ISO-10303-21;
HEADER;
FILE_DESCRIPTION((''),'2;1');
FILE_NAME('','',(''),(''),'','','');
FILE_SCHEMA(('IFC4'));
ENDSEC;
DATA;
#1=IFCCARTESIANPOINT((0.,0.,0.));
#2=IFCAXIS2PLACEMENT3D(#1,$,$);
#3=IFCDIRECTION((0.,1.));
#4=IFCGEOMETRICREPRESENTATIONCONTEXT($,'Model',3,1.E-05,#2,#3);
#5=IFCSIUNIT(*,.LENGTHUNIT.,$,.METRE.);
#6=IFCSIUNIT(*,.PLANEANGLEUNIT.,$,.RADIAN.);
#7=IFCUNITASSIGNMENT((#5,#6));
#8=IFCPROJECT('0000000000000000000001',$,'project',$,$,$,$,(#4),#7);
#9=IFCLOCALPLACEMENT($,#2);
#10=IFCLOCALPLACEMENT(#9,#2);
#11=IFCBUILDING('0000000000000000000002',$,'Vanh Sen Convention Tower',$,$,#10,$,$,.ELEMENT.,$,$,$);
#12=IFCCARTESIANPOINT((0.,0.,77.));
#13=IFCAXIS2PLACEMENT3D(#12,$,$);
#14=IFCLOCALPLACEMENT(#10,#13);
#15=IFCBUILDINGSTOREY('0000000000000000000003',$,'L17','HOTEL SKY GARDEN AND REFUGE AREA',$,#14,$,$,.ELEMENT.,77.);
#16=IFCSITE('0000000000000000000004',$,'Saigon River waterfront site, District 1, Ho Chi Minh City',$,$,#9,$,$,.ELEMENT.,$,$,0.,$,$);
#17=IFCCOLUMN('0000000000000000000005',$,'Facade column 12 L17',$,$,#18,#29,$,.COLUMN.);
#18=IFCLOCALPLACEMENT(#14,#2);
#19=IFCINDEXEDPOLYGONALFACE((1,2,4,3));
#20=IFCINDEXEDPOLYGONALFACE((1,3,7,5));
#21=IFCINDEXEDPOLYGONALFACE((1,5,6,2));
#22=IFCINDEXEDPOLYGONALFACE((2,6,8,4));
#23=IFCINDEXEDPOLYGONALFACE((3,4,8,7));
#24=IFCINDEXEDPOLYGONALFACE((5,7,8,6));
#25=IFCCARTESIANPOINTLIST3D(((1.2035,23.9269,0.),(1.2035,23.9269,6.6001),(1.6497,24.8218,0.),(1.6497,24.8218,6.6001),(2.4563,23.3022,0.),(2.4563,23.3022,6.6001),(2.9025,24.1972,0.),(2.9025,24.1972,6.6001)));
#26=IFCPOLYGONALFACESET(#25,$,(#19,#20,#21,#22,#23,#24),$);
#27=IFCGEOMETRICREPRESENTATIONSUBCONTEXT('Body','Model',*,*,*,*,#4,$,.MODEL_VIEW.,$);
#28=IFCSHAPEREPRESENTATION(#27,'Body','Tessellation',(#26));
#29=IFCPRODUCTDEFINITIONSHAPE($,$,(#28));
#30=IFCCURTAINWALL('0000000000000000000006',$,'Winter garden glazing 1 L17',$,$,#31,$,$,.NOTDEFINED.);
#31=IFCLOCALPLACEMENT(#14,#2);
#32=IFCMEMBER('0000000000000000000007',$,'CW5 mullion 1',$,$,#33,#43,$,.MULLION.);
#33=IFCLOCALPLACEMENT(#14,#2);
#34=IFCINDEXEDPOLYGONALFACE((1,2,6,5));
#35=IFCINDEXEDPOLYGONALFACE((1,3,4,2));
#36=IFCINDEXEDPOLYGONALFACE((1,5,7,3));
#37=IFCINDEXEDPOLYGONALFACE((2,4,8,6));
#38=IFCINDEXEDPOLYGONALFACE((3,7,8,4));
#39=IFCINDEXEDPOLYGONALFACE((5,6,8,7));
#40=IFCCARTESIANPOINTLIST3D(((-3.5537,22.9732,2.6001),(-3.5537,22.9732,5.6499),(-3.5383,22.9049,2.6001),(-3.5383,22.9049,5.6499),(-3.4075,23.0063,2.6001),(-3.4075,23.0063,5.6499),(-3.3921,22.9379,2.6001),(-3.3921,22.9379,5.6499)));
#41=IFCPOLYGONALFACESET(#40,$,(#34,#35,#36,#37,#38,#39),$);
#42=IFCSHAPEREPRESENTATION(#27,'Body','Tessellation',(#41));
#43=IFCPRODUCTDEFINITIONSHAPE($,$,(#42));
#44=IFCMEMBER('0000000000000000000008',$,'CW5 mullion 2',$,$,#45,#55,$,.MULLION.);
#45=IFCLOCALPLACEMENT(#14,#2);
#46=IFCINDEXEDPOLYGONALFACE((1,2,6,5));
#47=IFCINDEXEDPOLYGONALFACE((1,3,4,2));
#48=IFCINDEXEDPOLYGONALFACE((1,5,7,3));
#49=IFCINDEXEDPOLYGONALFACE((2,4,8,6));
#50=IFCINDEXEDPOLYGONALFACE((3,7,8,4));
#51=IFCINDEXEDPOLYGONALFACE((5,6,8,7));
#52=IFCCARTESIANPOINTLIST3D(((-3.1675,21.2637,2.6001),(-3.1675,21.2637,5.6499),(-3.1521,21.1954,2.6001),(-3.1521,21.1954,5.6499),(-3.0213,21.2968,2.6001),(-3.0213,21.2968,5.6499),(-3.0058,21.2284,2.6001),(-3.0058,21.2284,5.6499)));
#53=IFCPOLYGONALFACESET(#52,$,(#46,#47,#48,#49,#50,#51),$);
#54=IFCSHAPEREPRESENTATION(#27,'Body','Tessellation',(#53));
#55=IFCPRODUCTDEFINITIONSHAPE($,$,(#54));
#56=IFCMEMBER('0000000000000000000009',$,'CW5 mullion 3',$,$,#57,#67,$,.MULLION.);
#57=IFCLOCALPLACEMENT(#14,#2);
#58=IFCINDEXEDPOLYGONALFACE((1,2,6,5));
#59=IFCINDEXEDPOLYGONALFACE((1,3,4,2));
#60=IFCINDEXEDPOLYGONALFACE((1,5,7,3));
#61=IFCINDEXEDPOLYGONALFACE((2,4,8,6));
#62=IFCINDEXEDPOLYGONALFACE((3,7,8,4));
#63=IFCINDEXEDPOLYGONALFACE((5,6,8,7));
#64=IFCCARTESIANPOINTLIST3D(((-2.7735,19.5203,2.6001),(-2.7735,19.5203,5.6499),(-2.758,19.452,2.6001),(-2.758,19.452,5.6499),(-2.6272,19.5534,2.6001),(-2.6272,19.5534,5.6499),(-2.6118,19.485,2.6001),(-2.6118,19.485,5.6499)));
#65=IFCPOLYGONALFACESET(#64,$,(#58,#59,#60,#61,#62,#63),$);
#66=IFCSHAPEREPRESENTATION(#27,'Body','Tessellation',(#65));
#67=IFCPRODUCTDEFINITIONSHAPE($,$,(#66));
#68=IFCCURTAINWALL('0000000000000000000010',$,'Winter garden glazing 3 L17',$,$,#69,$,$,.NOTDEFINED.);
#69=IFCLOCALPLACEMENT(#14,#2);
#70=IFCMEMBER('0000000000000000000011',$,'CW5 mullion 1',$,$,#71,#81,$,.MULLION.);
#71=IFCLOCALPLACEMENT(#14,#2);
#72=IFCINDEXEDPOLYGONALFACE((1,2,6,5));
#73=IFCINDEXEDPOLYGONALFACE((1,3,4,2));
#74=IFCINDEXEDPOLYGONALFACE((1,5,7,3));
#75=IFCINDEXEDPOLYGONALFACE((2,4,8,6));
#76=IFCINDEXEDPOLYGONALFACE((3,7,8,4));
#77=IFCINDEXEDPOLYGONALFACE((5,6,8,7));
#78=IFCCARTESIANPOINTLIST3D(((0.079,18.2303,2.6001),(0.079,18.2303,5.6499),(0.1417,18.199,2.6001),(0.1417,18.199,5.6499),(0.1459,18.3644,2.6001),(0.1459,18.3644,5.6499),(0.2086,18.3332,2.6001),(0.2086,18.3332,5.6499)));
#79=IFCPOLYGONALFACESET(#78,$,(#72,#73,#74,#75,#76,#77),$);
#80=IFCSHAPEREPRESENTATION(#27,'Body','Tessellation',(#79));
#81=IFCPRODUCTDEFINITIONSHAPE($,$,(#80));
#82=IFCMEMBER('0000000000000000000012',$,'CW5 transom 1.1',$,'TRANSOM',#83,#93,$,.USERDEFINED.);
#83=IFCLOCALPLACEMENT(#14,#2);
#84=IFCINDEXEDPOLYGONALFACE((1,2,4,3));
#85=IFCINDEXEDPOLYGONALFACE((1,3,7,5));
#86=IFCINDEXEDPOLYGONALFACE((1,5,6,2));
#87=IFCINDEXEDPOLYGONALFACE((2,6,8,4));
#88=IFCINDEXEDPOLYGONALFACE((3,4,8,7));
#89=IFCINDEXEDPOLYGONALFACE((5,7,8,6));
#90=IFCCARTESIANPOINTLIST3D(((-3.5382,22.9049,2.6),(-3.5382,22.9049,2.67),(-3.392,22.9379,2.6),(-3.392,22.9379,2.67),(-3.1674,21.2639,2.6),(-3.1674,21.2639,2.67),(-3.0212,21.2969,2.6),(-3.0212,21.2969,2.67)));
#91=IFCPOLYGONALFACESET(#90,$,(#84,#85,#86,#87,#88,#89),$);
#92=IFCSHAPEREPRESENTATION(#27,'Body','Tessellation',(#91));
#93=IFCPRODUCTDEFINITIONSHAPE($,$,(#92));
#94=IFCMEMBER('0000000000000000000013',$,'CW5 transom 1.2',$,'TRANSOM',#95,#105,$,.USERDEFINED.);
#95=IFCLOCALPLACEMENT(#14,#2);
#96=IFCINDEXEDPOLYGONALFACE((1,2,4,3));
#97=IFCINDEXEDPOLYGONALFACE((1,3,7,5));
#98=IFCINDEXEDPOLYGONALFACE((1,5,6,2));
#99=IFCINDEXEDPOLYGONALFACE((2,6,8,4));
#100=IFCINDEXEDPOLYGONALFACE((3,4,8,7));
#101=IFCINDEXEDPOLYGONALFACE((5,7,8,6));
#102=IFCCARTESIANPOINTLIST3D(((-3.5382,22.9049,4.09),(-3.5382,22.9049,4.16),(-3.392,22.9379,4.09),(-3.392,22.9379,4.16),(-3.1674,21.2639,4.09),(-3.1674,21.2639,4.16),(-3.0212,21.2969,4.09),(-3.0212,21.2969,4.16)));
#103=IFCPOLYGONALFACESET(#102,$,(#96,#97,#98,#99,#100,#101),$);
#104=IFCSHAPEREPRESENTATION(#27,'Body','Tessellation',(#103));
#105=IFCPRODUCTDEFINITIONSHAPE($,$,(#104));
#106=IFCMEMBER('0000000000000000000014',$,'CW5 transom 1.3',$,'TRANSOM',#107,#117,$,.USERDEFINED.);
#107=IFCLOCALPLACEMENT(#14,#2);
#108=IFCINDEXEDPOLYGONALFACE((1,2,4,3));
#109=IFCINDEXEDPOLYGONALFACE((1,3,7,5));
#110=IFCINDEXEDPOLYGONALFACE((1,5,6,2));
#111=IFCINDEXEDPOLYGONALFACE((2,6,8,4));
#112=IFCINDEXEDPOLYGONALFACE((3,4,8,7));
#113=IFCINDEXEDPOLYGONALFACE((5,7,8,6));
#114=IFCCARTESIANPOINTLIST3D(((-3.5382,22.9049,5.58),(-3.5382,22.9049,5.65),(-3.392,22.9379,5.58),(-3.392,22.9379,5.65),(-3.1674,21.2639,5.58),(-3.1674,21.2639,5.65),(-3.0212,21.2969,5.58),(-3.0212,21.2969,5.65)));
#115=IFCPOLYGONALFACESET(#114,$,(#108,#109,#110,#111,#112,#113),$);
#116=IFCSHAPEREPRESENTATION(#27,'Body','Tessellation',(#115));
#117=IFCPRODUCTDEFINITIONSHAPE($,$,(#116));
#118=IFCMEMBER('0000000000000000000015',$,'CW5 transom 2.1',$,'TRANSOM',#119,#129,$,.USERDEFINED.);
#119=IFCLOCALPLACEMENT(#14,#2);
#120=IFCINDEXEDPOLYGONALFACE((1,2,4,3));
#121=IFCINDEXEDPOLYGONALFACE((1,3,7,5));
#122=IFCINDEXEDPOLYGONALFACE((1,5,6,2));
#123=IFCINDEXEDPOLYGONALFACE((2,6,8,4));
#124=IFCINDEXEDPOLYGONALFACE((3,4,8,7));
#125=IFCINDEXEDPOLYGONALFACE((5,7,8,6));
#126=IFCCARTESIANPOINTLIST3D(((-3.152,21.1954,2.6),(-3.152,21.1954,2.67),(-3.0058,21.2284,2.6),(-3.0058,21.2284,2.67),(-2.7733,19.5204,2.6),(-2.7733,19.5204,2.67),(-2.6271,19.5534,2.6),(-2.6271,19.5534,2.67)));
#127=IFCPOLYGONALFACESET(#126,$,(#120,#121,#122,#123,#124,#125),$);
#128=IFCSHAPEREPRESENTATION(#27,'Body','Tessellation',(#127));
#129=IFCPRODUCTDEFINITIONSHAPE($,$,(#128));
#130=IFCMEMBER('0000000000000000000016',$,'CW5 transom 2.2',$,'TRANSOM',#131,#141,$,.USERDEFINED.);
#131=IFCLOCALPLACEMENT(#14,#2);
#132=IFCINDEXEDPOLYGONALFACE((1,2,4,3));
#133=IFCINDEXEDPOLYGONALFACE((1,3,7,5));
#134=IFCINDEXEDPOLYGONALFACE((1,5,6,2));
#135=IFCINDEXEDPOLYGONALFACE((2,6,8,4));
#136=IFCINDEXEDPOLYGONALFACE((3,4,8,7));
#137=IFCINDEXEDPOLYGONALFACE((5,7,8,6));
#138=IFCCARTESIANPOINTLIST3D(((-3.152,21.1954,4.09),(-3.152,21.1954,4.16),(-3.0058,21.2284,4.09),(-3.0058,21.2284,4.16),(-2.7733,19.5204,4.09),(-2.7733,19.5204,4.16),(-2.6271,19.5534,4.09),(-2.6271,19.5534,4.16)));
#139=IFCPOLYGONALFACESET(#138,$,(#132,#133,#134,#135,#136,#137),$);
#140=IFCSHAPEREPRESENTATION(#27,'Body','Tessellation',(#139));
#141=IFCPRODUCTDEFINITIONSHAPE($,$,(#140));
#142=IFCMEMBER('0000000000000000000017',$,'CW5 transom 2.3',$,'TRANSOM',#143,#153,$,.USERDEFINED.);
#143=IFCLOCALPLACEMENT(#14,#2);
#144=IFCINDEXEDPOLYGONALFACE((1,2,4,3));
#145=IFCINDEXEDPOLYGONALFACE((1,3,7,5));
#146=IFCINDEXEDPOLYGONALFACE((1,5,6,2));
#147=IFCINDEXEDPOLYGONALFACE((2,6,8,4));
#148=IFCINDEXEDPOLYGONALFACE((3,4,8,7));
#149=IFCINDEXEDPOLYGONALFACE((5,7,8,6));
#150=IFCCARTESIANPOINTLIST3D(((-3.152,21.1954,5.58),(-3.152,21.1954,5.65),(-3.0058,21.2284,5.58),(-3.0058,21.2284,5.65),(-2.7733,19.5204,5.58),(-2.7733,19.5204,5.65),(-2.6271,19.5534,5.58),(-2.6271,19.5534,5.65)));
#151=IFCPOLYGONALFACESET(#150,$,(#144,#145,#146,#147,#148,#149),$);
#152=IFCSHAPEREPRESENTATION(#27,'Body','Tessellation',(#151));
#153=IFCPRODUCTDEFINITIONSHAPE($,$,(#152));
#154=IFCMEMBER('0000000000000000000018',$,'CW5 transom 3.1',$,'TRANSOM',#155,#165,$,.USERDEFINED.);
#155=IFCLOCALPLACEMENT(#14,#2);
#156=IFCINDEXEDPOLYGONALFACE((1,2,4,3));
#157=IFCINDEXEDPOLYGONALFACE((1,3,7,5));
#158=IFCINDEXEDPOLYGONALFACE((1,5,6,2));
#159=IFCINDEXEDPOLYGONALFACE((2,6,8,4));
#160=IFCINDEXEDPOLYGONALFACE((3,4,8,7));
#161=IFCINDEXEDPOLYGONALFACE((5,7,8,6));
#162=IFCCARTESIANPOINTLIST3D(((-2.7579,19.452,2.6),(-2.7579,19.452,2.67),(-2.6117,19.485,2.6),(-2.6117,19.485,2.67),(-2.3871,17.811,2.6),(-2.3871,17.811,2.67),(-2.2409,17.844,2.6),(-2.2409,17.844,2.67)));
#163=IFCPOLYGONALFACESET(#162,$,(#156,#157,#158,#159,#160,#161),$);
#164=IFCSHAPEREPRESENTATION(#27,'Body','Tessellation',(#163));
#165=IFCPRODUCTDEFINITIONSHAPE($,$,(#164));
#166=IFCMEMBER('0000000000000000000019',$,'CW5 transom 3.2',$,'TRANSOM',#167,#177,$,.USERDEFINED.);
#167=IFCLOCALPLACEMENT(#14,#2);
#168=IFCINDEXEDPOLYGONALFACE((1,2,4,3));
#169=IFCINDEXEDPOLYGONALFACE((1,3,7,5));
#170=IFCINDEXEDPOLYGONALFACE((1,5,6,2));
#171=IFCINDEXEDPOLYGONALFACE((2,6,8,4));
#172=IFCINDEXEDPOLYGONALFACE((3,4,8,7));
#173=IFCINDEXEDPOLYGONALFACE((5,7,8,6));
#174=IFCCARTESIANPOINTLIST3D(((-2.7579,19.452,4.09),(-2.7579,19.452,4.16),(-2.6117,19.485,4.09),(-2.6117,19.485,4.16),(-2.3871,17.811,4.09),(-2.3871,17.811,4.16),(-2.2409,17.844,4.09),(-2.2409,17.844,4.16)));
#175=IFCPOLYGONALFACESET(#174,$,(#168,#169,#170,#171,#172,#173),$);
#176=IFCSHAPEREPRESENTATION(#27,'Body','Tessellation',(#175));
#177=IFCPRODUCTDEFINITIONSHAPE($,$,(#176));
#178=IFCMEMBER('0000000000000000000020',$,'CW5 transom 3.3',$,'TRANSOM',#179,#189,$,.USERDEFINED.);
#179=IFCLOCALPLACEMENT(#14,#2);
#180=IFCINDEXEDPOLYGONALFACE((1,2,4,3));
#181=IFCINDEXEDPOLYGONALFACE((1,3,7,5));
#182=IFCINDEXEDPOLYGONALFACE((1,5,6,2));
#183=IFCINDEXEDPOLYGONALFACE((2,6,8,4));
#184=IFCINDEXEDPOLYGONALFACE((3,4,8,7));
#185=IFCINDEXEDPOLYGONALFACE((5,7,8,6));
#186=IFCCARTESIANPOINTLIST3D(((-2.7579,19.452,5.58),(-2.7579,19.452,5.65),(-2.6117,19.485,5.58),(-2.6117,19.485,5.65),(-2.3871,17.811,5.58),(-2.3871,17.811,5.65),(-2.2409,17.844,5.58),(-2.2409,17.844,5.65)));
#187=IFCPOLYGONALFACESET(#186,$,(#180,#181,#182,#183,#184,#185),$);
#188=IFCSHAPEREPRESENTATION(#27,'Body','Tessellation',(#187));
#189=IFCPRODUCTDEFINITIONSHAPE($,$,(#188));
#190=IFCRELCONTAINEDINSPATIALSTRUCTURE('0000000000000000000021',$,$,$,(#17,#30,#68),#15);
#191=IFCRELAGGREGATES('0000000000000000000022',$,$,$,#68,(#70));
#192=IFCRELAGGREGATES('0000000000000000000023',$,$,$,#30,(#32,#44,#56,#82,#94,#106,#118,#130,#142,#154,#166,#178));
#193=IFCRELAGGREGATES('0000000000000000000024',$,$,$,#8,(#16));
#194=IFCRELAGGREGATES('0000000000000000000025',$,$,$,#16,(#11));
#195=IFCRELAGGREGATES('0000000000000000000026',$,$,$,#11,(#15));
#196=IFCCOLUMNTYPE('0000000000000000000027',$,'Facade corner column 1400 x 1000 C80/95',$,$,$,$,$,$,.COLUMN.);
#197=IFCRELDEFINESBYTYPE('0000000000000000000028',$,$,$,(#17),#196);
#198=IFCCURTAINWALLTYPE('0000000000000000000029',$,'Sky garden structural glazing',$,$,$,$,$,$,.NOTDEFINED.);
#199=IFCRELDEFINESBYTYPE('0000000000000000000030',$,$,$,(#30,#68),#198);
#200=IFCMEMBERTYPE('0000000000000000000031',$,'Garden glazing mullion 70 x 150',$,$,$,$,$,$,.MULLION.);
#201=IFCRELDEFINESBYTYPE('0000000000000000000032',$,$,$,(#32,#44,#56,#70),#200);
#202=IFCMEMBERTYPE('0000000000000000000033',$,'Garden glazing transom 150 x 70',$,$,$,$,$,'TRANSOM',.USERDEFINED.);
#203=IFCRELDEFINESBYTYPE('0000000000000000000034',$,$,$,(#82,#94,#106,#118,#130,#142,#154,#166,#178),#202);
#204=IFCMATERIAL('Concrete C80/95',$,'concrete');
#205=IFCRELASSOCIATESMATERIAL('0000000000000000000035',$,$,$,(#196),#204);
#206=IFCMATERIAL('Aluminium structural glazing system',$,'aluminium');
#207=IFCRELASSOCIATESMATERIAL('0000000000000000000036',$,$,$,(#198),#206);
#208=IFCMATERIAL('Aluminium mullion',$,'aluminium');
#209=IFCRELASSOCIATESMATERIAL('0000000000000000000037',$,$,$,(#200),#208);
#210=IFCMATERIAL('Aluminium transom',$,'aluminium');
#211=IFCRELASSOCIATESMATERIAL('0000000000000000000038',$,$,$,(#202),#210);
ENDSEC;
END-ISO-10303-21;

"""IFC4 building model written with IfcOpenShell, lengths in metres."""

from ifc_helpers import new_model, si_unit, direction, frame, origin, origin_2d, place, context, subcontext, project, spatial, rectangle, extrude, material, material_profile, profile_set, type_object, element, aggregate, save


model = new_model("IFC4")

# Units and contexts
model_context = context("Model", 3, precision=1e-05, world=origin(), true_north=direction((0.0, 1.0)))
body_context = subcontext(model_context, "Body", "Model", "MODEL_VIEW")
ifc_project = project(units=[si_unit("LENGTHUNIT", "METRE"), si_unit("PLANEANGLEUNIT", "RADIAN")], contexts=[model_context])

# Site, building, storey
site_placement = place(None, origin())
site = spatial("IfcSite", under=ifc_project, at=site_placement, Name="Saigon River waterfront site, District 1, Ho Chi Minh City", CompositionType="ELEMENT", RefElevation=0.0)
building_placement = place(site_placement, origin())
building = spatial("IfcBuilding", under=site, at=building_placement, Name="Vanh Sen Convention Tower", CompositionType="ELEMENT")
storey_placement = place(building_placement, frame((0.0, 0.0, 77.0)))
storey = spatial("IfcBuildingStorey", under=building, at=storey_placement, Name="L17", Description="HOTEL SKY GARDEN AND REFUGE AREA", CompositionType="ELEMENT", Elevation=77.0)

# Column
ifc_material_1 = material(Name="Concrete C80/95", Category="concrete")
ifc_material_profile_1 = material_profile(ifc_material_1, rectangle(XDim=1.3999, YDim=1.0, at=origin_2d()), Name="RC 1400X1000")
ifc_profile_set_1 = profile_set([ifc_material_profile_1], Name="Concrete C80/95")
column_type = type_object("IfcColumnType", Name="Facade corner column 1400 x 1000 C80/95", PredefinedType="COLUMN", material=ifc_profile_set_1)
column_placement = place(storey_placement, frame((2.053, 24.062, 0.0), z_axis=(0.0, 0.0, 1.0), x_axis=(-0.894934, 0.446198, 0.0)))
element("IfcColumn", 1, at=column_placement, inside=storey, type_object=column_type, Name="Facade column 12 L17", PredefinedType="COLUMN", context=body_context, shape_type="SweptSolid", body=[
    extrude(rectangle(XDim=1.3999, YDim=1.0, at=origin_2d()), origin(), (0.0, 0.0, 1.0), 6.6001),
])

# Curtain wall, members
ifc_material_2 = material(Name="Aluminium structural glazing system", Category="aluminium")
curtain_wall_type_1 = type_object("IfcCurtainWallType", Name="Sky garden structural glazing", PredefinedType="NOTDEFINED", material=ifc_material_2)
curtain_wall_1_placement = place(storey_placement, origin())
curtain_wall_1 = element("IfcCurtainWall", 2, at=curtain_wall_1_placement, inside=storey, type_object=curtain_wall_type_1, Name="Winter garden glazing 1 L17", PredefinedType="NOTDEFINED")
ifc_material_3 = material(Name="Aluminium mullion", Category="aluminium")
ifc_material_profile_2 = material_profile(ifc_material_3, rectangle(XDim=0.1499, YDim=0.0701, at=origin_2d()), Name="Garden glazing mullion 70 x 150")
ifc_profile_set_2 = profile_set([ifc_material_profile_2], Name="Aluminium mullion")
member_type_1 = type_object("IfcMemberType", Name="Garden glazing mullion 70 x 150", PredefinedType="MULLION", material=ifc_profile_set_2)
member_1_placement = place(storey_placement, frame((-3.4729, 22.9556, 2.6001), z_axis=(0.0, 0.0, 1.0), x_axis=(0.975399, 0.220446, 0.0)))
member_1 = element("IfcMember", 3, at=member_1_placement, type_object=member_type_1, Name="CW5 mullion 1", PredefinedType="MULLION", context=body_context, shape_type="SweptSolid", body=[
    extrude(rectangle(XDim=0.1499, YDim=0.0701, at=origin_2d()), origin(), (0.0, 0.0, 1.0), 3.0498),
])
member_2_placement = place(storey_placement, frame((-3.0867, 21.2461, 2.6001), z_axis=(0.0, 0.0, 1.0), x_axis=(0.975399, 0.220446, 0.0)))
member_2 = element("IfcMember", 4, at=member_2_placement, type_object=member_type_1, Name="CW5 mullion 2", PredefinedType="MULLION", context=body_context, shape_type="SweptSolid", body=[
    extrude(rectangle(XDim=0.1499, YDim=0.0701, at=origin_2d()), origin(), (0.0, 0.0, 1.0), 3.0498),
])
member_3_placement = place(storey_placement, frame((-2.6926, 19.5027, 2.6001), z_axis=(0.0, 0.0, 1.0), x_axis=(0.975399, 0.220446, 0.0)))
member_3 = element("IfcMember", 5, at=member_3_placement, type_object=member_type_1, Name="CW5 mullion 3", PredefinedType="MULLION", context=body_context, shape_type="SweptSolid", body=[
    extrude(rectangle(XDim=0.1499, YDim=0.0701, at=origin_2d()), origin(), (0.0, 0.0, 1.0), 3.0498),
])

# Curtain wall, member
curtain_wall_2_placement = place(storey_placement, origin())
curtain_wall_2 = element("IfcCurtainWall", 6, at=curtain_wall_2_placement, inside=storey, type_object=curtain_wall_type_1, Name="Winter garden glazing 3 L17", PredefinedType="NOTDEFINED")
member_4_placement = place(storey_placement, frame((0.1438, 18.2817, 2.6001), z_axis=(0.0, 0.0, 1.0), x_axis=(0.446203, 0.894932, 0.0)))
member_4 = element("IfcMember", 7, at=member_4_placement, type_object=member_type_1, Name="CW5 mullion 1", PredefinedType="MULLION", context=body_context, shape_type="SweptSolid", body=[
    extrude(rectangle(XDim=0.1499, YDim=0.0701, at=origin_2d()), origin(), (0.0, 0.0, 1.0), 3.0498),
])

# Members
ifc_material_4 = material(Name="Aluminium transom", Category="aluminium")
ifc_material_profile_3 = material_profile(ifc_material_4, rectangle(XDim=0.1499, YDim=0.0701, at=origin_2d()), Name="Garden glazing transom 150 x 70")
ifc_profile_set_3 = profile_set([ifc_material_profile_3], Name="Aluminium transom")
member_type_2 = type_object("IfcMemberType", Name="Garden glazing transom 150 x 70", ElementType="TRANSOM", PredefinedType="USERDEFINED", material=ifc_profile_set_3)
member_5_placement = place(storey_placement, frame((-3.4651, 22.9214, 2.635), z_axis=(0.220417, -0.975406, 0.0), x_axis=(0.975406, 0.220417, 0.0)))
member_5 = element("IfcMember", 8, at=member_5_placement, type_object=member_type_2, Name="CW5 transom 1.1", ObjectType="TRANSOM", PredefinedType="USERDEFINED", context=body_context, shape_type="SweptSolid", body=[
    extrude(rectangle(XDim=0.1499, YDim=0.0701, at=origin_2d()), origin(), (0.0, 0.0, 1.0), 1.6824),
])
member_6_placement = place(storey_placement, frame((-3.4651, 22.9214, 4.125), z_axis=(0.220417, -0.975406, 0.0), x_axis=(0.975406, 0.220417, 0.0)))
member_6 = element("IfcMember", 9, at=member_6_placement, type_object=member_type_2, Name="CW5 transom 1.2", ObjectType="TRANSOM", PredefinedType="USERDEFINED", context=body_context, shape_type="SweptSolid", body=[
    extrude(rectangle(XDim=0.1499, YDim=0.0701, at=origin_2d()), origin(), (0.0, 0.0, 1.0), 1.6824),
])
member_7_placement = place(storey_placement, frame((-3.4651, 22.9214, 5.615), z_axis=(0.220417, -0.975406, 0.0), x_axis=(0.975406, 0.220417, 0.0)))
member_7 = element("IfcMember", 10, at=member_7_placement, type_object=member_type_2, Name="CW5 transom 1.3", ObjectType="TRANSOM", PredefinedType="USERDEFINED", context=body_context, shape_type="SweptSolid", body=[
    extrude(rectangle(XDim=0.1499, YDim=0.0701, at=origin_2d()), origin(), (0.0, 0.0, 1.0), 1.6824),
])
member_8_placement = place(storey_placement, frame((-3.0789, 21.2119, 2.635), z_axis=(0.220496, -0.975388, 0.0), x_axis=(0.975388, 0.220496, 0.0)))
member_8 = element("IfcMember", 11, at=member_8_placement, type_object=member_type_2, Name="CW5 transom 2.1", ObjectType="TRANSOM", PredefinedType="USERDEFINED", context=body_context, shape_type="SweptSolid", body=[
    extrude(rectangle(XDim=0.1499, YDim=0.0701, at=origin_2d()), origin(), (0.0, 0.0, 1.0), 1.7173),
])
member_9_placement = place(storey_placement, frame((-3.0789, 21.2119, 4.125), z_axis=(0.220496, -0.975388, 0.0), x_axis=(0.975388, 0.220496, 0.0)))
member_9 = element("IfcMember", 12, at=member_9_placement, type_object=member_type_2, Name="CW5 transom 2.2", ObjectType="TRANSOM", PredefinedType="USERDEFINED", context=body_context, shape_type="SweptSolid", body=[
    extrude(rectangle(XDim=0.1499, YDim=0.0701, at=origin_2d()), origin(), (0.0, 0.0, 1.0), 1.7173),
])
member_10_placement = place(storey_placement, frame((-3.0789, 21.2119, 5.615), z_axis=(0.220496, -0.975388, 0.0), x_axis=(0.975388, 0.220496, 0.0)))
member_10 = element("IfcMember", 13, at=member_10_placement, type_object=member_type_2, Name="CW5 transom 2.3", ObjectType="TRANSOM", PredefinedType="USERDEFINED", context=body_context, shape_type="SweptSolid", body=[
    extrude(rectangle(XDim=0.1499, YDim=0.0701, at=origin_2d()), origin(), (0.0, 0.0, 1.0), 1.7173),
])
member_11_placement = place(storey_placement, frame((-2.6848, 19.4685, 2.635), z_axis=(0.220417, -0.975406, 0.0), x_axis=(0.975406, 0.220417, 0.0)))
member_11 = element("IfcMember", 14, at=member_11_placement, type_object=member_type_2, Name="CW5 transom 3.1", ObjectType="TRANSOM", PredefinedType="USERDEFINED", context=body_context, shape_type="SweptSolid", body=[
    extrude(rectangle(XDim=0.1499, YDim=0.0701, at=origin_2d()), origin(), (0.0, 0.0, 1.0), 1.6824),
])
member_12_placement = place(storey_placement, frame((-2.6848, 19.4685, 4.125), z_axis=(0.220417, -0.975406, 0.0), x_axis=(0.975406, 0.220417, 0.0)))
member_12 = element("IfcMember", 15, at=member_12_placement, type_object=member_type_2, Name="CW5 transom 3.2", ObjectType="TRANSOM", PredefinedType="USERDEFINED", context=body_context, shape_type="SweptSolid", body=[
    extrude(rectangle(XDim=0.1499, YDim=0.0701, at=origin_2d()), origin(), (0.0, 0.0, 1.0), 1.6824),
])
member_13_placement = place(storey_placement, frame((-2.6848, 19.4685, 5.615), z_axis=(0.220417, -0.975406, 0.0), x_axis=(0.975406, 0.220417, 0.0)))
member_13 = element("IfcMember", 16, at=member_13_placement, type_object=member_type_2, Name="CW5 transom 3.3", ObjectType="TRANSOM", PredefinedType="USERDEFINED", context=body_context, shape_type="SweptSolid", body=[
    extrude(rectangle(XDim=0.1499, YDim=0.0701, at=origin_2d()), origin(), (0.0, 0.0, 1.0), 1.6824),
])
aggregate(curtain_wall_2, [member_4])

aggregate(curtain_wall_1, [member_1, member_2, member_3, member_5, member_6, member_7, member_8, member_9, member_10, member_11, member_12, member_13])

save(model, "model.ifc")
